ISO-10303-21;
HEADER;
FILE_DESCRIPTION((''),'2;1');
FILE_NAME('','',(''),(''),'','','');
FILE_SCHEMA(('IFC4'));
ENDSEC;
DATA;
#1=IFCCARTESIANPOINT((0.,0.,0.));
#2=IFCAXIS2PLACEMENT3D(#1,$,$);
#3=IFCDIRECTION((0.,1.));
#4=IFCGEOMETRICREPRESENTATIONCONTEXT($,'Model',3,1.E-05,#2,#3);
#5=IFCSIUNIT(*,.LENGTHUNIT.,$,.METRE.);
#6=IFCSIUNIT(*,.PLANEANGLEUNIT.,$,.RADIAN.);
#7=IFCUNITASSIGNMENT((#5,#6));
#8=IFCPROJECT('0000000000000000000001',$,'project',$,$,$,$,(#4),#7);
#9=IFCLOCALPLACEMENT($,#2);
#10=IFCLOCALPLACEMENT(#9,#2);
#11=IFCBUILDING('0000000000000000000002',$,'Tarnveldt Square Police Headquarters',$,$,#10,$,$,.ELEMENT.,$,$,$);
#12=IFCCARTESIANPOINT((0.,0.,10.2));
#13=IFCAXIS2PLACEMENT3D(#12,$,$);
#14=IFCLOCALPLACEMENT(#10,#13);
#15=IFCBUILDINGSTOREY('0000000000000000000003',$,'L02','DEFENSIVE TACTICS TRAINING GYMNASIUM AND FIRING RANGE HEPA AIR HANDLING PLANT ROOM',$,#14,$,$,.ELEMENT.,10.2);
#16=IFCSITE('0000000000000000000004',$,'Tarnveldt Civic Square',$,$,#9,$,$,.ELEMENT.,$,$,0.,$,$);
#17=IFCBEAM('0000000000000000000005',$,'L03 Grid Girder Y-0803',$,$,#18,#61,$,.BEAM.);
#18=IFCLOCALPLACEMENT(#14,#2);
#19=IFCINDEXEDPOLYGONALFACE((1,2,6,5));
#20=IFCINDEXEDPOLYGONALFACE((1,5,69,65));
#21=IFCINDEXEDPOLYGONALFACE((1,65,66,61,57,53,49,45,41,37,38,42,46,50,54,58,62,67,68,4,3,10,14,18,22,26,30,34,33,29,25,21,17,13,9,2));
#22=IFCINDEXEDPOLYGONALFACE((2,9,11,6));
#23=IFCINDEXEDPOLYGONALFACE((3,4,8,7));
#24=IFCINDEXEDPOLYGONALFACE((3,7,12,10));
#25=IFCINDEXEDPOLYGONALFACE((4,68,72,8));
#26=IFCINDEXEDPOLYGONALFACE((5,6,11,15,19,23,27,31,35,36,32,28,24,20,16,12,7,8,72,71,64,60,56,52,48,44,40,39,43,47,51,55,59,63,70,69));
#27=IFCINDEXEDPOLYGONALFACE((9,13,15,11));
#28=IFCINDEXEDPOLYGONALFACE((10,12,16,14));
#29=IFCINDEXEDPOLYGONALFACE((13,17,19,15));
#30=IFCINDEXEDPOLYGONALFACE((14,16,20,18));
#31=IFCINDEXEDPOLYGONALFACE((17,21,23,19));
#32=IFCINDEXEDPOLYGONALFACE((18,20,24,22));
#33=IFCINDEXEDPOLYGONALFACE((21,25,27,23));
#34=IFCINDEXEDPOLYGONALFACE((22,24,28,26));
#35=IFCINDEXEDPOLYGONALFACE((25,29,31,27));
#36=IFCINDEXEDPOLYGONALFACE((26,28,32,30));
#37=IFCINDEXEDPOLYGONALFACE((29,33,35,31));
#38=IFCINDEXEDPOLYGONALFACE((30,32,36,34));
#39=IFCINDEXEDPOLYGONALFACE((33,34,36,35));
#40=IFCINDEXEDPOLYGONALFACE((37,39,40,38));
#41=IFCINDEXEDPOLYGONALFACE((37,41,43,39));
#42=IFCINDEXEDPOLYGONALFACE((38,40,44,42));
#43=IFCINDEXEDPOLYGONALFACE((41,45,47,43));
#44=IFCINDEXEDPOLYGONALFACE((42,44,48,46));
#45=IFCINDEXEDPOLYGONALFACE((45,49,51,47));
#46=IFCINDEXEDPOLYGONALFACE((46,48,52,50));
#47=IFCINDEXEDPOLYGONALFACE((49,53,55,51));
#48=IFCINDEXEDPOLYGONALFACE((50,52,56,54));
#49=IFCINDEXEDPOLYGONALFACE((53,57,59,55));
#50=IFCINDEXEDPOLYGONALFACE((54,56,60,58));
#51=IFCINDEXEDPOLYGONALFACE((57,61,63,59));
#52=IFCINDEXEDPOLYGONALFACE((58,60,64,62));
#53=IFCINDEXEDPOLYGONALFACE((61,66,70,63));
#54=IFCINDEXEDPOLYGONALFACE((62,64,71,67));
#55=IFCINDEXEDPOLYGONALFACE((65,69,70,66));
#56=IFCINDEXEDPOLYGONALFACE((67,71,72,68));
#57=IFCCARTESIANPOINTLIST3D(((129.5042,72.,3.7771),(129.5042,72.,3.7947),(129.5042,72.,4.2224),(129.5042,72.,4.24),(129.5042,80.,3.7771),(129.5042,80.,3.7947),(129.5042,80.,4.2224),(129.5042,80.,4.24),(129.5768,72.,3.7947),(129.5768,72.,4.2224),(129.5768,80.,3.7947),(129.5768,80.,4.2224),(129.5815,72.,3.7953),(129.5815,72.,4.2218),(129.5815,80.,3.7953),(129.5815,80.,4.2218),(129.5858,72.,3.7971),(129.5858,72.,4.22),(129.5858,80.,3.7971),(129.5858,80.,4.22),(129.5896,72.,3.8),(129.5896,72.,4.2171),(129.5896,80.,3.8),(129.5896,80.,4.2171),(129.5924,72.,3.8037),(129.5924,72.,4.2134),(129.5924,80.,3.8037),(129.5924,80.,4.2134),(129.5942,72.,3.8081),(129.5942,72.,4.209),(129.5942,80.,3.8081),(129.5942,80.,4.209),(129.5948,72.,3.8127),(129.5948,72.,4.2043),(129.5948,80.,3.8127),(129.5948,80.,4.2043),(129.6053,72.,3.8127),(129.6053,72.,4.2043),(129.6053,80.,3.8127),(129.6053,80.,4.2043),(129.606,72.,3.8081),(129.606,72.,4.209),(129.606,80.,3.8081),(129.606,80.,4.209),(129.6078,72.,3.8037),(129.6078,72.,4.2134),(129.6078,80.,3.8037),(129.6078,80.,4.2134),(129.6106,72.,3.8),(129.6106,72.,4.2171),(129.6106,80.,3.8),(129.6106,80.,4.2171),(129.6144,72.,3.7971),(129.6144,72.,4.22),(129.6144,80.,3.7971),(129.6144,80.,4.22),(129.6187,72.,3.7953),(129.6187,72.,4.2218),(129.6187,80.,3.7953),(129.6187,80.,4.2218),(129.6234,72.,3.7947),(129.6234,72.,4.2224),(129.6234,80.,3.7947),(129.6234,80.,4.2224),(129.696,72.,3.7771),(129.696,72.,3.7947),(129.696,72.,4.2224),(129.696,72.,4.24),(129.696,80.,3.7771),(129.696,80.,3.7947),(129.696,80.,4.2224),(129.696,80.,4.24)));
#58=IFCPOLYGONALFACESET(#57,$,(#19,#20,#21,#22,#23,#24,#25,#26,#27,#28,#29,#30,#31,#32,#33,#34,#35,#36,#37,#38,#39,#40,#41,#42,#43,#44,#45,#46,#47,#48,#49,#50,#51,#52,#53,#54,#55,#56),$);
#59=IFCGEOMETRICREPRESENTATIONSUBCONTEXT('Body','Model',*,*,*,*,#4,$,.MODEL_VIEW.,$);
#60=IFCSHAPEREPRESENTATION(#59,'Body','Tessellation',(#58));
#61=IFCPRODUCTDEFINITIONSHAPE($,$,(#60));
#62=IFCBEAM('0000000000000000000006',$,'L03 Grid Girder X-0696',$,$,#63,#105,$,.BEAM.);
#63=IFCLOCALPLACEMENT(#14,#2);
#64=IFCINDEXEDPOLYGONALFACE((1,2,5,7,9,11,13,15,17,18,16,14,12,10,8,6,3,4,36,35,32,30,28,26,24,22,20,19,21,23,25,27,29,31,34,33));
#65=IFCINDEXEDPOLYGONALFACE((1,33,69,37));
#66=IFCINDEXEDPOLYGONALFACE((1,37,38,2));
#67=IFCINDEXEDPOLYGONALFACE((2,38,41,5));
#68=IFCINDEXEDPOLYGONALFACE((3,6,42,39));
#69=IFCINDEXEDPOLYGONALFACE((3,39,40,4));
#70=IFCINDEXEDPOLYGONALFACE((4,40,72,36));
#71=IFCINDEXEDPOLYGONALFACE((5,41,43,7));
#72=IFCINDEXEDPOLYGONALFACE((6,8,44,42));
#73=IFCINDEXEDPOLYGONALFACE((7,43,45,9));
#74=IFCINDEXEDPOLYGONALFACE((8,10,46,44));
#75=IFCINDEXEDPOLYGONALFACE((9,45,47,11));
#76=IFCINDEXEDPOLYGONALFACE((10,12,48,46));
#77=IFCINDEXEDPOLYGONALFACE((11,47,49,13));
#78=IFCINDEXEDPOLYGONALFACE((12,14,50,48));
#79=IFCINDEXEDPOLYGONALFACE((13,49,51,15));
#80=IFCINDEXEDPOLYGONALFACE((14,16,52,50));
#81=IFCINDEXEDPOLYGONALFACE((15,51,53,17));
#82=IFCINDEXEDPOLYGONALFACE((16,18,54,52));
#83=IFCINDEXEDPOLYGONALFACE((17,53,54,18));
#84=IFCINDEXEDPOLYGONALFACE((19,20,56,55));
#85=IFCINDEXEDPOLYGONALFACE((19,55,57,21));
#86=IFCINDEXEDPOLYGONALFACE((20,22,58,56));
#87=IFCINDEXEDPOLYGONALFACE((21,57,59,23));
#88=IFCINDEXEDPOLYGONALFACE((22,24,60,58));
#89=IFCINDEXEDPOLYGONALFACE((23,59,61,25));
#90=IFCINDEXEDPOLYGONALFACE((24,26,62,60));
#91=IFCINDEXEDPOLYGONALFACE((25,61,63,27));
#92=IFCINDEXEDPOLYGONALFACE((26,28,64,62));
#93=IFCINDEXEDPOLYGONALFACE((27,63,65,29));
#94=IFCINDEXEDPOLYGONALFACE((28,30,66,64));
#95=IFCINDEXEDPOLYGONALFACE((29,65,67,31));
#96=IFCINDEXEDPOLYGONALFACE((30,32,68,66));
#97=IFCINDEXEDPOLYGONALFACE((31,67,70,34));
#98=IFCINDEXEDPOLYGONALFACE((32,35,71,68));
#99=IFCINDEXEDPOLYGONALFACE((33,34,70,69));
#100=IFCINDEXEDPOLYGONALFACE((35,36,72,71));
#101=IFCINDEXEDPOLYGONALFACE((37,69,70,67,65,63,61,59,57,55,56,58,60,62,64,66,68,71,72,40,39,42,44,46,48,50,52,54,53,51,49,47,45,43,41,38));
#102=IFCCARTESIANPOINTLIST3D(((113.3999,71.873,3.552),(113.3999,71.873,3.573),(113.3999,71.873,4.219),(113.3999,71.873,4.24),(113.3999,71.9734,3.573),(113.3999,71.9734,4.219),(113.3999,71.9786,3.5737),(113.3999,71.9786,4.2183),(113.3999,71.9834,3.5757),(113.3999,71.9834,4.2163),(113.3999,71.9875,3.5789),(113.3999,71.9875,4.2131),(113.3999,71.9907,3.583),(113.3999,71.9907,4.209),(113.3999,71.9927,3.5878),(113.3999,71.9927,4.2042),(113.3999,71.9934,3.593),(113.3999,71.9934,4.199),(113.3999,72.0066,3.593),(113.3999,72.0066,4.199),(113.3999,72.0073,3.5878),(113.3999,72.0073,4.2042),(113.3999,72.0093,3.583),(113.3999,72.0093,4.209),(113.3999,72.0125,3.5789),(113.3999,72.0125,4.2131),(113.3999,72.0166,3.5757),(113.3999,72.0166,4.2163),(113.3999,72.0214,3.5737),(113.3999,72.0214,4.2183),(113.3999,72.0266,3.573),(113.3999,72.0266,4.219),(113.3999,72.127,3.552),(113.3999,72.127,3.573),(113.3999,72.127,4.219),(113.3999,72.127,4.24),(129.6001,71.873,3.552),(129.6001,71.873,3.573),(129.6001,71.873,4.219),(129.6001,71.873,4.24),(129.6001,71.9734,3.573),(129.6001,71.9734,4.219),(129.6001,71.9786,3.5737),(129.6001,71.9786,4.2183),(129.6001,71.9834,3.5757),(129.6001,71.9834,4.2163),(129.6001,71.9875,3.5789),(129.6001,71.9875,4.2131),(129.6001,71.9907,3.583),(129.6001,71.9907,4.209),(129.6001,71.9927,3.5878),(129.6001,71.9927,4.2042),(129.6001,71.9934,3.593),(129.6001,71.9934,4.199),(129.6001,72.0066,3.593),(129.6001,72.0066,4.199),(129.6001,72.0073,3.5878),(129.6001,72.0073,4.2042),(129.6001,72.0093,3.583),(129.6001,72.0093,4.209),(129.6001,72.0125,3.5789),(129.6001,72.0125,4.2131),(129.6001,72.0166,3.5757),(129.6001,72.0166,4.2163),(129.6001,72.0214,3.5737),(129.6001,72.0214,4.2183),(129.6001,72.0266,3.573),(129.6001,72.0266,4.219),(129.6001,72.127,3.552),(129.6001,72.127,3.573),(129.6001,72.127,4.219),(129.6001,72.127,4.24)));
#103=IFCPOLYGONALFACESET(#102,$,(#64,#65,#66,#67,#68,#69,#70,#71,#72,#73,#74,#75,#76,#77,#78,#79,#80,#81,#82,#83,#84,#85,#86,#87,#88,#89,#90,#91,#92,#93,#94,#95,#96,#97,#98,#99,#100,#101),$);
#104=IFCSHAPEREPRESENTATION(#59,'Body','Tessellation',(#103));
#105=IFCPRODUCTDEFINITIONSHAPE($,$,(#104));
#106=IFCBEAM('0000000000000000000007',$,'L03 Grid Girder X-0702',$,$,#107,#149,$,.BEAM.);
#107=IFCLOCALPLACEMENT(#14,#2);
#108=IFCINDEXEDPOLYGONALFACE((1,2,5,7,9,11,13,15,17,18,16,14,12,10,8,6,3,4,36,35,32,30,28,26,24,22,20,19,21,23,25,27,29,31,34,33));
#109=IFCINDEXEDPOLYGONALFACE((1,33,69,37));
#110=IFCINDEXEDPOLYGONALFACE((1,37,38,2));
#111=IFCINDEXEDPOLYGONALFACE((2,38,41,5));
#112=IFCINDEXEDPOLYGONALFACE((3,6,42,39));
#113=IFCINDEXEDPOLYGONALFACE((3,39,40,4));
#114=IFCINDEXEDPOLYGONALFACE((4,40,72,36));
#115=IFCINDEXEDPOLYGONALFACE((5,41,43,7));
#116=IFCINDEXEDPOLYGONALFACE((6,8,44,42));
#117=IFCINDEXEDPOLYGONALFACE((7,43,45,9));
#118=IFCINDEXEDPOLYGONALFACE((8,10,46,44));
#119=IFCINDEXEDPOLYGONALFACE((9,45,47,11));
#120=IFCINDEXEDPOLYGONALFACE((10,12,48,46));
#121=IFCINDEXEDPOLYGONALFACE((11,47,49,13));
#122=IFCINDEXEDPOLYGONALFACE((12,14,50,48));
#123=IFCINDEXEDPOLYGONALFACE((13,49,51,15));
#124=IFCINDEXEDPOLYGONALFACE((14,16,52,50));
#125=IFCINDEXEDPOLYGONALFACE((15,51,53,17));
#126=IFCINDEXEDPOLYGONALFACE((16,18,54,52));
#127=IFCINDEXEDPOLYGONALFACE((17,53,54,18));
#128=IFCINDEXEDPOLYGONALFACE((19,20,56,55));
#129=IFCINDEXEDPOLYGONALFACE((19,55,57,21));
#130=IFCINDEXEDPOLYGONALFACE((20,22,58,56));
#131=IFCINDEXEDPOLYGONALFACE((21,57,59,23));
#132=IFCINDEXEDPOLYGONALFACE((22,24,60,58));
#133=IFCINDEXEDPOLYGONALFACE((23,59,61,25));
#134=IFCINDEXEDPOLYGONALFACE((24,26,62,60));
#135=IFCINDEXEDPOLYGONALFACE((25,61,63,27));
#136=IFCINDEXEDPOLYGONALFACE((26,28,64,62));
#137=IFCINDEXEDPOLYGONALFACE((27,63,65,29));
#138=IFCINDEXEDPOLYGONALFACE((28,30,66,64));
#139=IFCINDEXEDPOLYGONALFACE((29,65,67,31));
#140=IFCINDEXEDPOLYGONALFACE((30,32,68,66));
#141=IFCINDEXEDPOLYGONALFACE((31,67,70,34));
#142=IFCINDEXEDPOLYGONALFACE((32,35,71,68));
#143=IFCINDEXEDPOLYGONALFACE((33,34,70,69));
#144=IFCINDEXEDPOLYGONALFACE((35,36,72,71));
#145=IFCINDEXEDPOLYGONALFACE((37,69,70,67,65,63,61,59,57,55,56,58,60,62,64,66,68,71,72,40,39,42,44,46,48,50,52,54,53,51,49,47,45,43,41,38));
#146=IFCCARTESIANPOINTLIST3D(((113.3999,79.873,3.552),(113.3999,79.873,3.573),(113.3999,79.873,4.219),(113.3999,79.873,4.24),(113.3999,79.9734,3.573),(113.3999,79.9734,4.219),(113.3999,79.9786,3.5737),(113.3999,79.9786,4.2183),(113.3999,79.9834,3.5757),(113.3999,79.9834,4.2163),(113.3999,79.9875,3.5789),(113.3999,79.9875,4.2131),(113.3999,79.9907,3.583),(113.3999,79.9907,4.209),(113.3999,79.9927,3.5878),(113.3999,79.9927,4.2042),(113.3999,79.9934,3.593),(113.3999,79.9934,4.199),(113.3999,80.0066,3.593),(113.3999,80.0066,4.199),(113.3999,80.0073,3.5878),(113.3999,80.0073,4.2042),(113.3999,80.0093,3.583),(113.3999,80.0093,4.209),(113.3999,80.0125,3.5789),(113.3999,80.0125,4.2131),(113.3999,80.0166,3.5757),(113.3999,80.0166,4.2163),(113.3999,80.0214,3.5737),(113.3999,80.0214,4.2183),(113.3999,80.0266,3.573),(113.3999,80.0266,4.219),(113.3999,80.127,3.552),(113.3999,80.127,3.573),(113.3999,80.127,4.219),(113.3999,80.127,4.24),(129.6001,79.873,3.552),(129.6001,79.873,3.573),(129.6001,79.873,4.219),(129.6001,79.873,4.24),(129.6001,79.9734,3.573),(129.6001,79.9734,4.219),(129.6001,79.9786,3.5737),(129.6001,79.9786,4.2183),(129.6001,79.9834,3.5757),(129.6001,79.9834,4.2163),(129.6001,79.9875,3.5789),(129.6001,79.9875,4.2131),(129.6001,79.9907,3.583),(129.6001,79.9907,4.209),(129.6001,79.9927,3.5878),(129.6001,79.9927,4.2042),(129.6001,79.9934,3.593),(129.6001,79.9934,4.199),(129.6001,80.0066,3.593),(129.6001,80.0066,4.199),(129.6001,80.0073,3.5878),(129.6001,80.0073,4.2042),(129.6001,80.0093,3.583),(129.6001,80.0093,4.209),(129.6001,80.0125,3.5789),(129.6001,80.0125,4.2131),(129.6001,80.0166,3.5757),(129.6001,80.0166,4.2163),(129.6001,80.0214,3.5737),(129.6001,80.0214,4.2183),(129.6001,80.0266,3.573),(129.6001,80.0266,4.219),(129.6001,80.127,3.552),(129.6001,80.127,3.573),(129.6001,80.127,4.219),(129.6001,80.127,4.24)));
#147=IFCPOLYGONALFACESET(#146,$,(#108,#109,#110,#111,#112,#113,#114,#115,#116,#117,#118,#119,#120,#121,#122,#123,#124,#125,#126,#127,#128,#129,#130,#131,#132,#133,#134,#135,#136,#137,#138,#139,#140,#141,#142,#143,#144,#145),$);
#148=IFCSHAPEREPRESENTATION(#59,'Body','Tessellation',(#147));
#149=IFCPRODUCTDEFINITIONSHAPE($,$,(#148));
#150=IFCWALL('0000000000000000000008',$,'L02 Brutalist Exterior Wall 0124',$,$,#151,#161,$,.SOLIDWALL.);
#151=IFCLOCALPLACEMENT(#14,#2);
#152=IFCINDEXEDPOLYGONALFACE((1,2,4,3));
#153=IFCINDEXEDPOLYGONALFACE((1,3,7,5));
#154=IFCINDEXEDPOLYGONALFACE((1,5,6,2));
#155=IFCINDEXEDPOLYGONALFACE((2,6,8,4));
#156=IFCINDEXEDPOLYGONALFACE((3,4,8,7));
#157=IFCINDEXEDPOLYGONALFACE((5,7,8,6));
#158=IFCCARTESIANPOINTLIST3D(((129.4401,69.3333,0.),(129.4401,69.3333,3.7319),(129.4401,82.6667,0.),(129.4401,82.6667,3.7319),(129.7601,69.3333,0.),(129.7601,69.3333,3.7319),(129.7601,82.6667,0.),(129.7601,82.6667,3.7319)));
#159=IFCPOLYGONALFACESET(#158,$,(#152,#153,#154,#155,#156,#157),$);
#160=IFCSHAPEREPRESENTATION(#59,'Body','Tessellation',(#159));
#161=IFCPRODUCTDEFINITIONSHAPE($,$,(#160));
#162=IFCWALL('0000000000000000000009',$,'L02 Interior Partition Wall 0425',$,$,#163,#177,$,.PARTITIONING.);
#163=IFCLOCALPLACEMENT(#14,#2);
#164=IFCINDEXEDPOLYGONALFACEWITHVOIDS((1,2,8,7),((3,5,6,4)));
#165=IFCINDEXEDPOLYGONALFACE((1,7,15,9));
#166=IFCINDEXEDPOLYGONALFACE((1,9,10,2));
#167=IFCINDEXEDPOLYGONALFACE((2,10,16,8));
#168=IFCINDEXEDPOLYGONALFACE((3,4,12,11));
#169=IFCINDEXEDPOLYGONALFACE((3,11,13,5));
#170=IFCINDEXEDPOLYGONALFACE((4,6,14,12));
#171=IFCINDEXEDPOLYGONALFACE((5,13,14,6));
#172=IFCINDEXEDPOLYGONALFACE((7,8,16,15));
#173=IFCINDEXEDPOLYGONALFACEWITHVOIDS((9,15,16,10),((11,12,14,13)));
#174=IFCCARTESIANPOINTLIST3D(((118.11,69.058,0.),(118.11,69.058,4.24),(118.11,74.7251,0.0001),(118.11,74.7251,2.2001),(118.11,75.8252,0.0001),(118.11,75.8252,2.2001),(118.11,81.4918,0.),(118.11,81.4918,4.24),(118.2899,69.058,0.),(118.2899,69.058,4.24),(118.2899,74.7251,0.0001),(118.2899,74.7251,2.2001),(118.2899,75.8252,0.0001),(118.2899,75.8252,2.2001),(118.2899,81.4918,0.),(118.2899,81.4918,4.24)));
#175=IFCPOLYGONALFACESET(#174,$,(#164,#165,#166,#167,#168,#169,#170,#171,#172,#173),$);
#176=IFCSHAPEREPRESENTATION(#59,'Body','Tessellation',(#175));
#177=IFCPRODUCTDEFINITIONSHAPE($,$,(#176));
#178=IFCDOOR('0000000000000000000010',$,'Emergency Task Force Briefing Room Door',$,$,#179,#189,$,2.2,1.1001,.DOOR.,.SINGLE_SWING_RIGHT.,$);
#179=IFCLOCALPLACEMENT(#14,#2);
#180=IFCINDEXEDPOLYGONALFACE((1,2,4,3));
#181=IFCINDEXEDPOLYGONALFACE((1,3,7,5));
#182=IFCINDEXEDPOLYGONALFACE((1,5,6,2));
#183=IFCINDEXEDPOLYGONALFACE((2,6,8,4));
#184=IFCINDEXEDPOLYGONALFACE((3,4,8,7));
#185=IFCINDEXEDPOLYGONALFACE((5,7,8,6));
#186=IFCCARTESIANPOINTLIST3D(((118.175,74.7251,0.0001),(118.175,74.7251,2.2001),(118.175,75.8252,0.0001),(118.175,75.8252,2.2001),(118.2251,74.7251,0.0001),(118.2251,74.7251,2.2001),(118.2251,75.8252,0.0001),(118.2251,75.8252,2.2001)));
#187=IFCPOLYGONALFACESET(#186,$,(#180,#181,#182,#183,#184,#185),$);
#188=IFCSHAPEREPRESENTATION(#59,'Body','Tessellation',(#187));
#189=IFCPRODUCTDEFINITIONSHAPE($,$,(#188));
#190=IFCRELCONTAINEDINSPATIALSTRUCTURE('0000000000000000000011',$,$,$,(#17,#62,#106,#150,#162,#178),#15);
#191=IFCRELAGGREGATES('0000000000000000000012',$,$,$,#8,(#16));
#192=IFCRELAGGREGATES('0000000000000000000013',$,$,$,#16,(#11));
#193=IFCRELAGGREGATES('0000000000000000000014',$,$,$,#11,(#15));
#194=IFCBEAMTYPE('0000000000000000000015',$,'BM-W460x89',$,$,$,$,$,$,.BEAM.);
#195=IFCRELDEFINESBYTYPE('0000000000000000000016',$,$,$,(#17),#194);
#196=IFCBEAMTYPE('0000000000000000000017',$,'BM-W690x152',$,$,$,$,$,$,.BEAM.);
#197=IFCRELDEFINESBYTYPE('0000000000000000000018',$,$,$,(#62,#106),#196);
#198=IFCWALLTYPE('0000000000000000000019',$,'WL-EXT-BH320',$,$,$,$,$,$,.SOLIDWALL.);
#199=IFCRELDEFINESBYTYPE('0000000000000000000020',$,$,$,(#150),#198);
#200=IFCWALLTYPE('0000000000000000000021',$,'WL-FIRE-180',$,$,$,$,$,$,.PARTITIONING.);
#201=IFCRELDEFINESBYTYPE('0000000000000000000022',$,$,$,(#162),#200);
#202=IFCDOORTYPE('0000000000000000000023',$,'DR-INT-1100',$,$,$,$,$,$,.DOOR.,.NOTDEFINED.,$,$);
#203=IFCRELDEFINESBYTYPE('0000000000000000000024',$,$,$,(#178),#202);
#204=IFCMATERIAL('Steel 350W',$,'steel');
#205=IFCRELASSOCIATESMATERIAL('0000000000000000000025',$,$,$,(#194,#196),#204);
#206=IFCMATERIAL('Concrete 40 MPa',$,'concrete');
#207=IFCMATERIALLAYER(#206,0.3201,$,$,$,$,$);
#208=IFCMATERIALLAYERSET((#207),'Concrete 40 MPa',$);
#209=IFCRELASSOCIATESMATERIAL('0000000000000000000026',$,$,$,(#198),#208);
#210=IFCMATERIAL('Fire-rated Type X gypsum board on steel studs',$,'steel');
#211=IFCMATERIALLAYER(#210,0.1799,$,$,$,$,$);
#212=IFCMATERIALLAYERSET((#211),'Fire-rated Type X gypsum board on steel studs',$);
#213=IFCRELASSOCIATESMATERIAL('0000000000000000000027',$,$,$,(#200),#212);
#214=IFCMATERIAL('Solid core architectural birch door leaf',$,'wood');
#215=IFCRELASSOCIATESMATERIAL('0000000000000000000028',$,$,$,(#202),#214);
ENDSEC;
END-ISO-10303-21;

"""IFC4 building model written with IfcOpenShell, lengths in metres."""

from ifc_helpers import new_model, si_unit, direction, frame, frame_2d, origin, origin_2d, place, context, subcontext, project, spatial, rectangle, i_section, extrude, material, layer, layer_set, material_profile, profile_set, type_object, element, fill, save


model = new_model("IFC4")

# Units and contexts
model_context = context("Model", 3, precision=1e-05, world=origin(), true_north=direction((0.0, 1.0)))
body_context = subcontext(model_context, "Body", "Model", "MODEL_VIEW")
ifc_project = project(units=[si_unit("LENGTHUNIT", "METRE"), si_unit("PLANEANGLEUNIT", "RADIAN")], contexts=[model_context])

# Site, building, storey
site_placement = place(None, origin())
site = spatial("IfcSite", under=ifc_project, at=site_placement, Name="Tarnveldt Civic Square", CompositionType="ELEMENT", RefElevation=0.0)
building_placement = place(site_placement, origin())
building = spatial("IfcBuilding", under=site, at=building_placement, Name="Tarnveldt Square Police Headquarters", CompositionType="ELEMENT")
storey_placement = place(building_placement, frame((0.0, 0.0, 10.2)))
storey = spatial("IfcBuildingStorey", under=building, at=storey_placement, Name="L02", Description="DEFENSIVE TACTICS TRAINING GYMNASIUM AND FIRING RANGE HEPA AIR HANDLING PLANT ROOM", CompositionType="ELEMENT", Elevation=10.2)

# Shared definitions
ifc_material_1 = material(Name="Concrete 40 MPa", Category="concrete")

# Beams
ifc_material_2 = material(Name="Steel 350W", Category="steel")
ifc_material_profile_1 = material_profile(ifc_material_2, i_section(OverallWidth=0.1919, OverallDepth=0.4629, WebThickness=0.0105, FlangeThickness=0.0176, FilletRadius=0.0181, at=origin_2d()), Name="W460x89")
ifc_profile_set_1 = profile_set([ifc_material_profile_1], Name="Steel 350W")
beam_type_1 = type_object("IfcBeamType", Name="BM-W460x89", PredefinedType="BEAM", material=ifc_profile_set_1)
for number, where, z_axis, x_axis, name in (
    (1, (129.6001, 72.0, 4.0085), (0.0, 1.0, 0.0), (-1.0, 0.0, 0.0), "L03 Grid Girder Y-0803"),
):
    element("IfcBeam", number, at=place(storey_placement, frame(where, z_axis=z_axis, x_axis=x_axis)), inside=storey, type_object=beam_type_1, Name=name, PredefinedType="BEAM", context=body_context, shape_type="SweptSolid", body=[
        extrude(i_section(OverallWidth=0.1919, OverallDepth=0.4629, WebThickness=0.0105, FlangeThickness=0.0176, FilletRadius=0.0181, at=origin_2d()), origin(), (0.0, 0.0, 1.0), 8.0),
    ])
ifc_material_profile_2 = material_profile(ifc_material_2, i_section(OverallWidth=0.2539, OverallDepth=0.688, WebThickness=0.0132, FlangeThickness=0.021, FilletRadius=0.02, at=origin_2d()), Name="W690x152")
ifc_profile_set_2 = profile_set([ifc_material_profile_2], Name="Steel 350W")
beam_type_2 = type_object("IfcBeamType", Name="BM-W690x152", PredefinedType="BEAM", material=ifc_profile_set_2)
for number, where, z_axis, x_axis, name in (
    (2, (113.3999, 72.0, 3.896), (1.0, 0.0, 0.0), (0.0, 1.0, 0.0), "L03 Grid Girder X-0696"),
    (3, (113.3999, 80.0, 3.896), (1.0, 0.0, 0.0), (0.0, 1.0, 0.0), "L03 Grid Girder X-0702"),
):
    element("IfcBeam", number, at=place(storey_placement, frame(where, z_axis=z_axis, x_axis=x_axis)), inside=storey, type_object=beam_type_2, Name=name, PredefinedType="BEAM", context=body_context, shape_type="SweptSolid", body=[
        extrude(i_section(OverallWidth=0.2539, OverallDepth=0.688, WebThickness=0.0132, FlangeThickness=0.021, FilletRadius=0.02, at=origin_2d()), origin(), (0.0, 0.0, 1.0), 16.2002),
    ])

# Wall
ifc_layer_1 = layer(ifc_material_1, 0.3201)
ifc_layer_set_1 = layer_set([ifc_layer_1], Name="Concrete 40 MPa")
wall_type_1 = type_object("IfcWallType", Name="WL-EXT-BH320", PredefinedType="SOLIDWALL", material=ifc_layer_set_1)
wall_1_placement = place(storey_placement, frame((129.6001, 69.3333, 0.0), z_axis=(0.0, 0.0, 1.0), x_axis=(0.0, 1.0, 0.0)))
element("IfcWall", 4, at=wall_1_placement, inside=storey, type_object=wall_type_1, Name="L02 Brutalist Exterior Wall 0124", PredefinedType="SOLIDWALL", context=body_context, shape_type="SweptSolid", body=[
    extrude(rectangle(XDim=13.3335, YDim=0.3201, at=frame_2d((6.6667, 0.0))), origin(), (0.0, 0.0, 1.0), 3.7319),
])

# Wall, opening, door
ifc_material_3 = material(Name="Fire-rated Type X gypsum board on steel studs", Category="steel")
ifc_layer_2 = layer(ifc_material_3, 0.1799)
ifc_layer_set_2 = layer_set([ifc_layer_2], Name="Fire-rated Type X gypsum board on steel studs")
wall_type_2 = type_object("IfcWallType", Name="WL-FIRE-180", PredefinedType="PARTITIONING", material=ifc_layer_set_2)
wall_2_placement = place(storey_placement, frame((118.2, 69.0581, 0.0), z_axis=(0.0, 0.0, 1.0), x_axis=(0.0, 1.0, 0.0)))
wall_2 = element("IfcWall", 5, at=wall_2_placement, inside=storey, type_object=wall_type_2, Name="L02 Interior Partition Wall 0425", PredefinedType="PARTITIONING", context=body_context, shape_type="SweptSolid", body=[
    extrude(rectangle(XDim=12.4338, YDim=0.1799, at=frame_2d((6.2168, 0.0))), origin(), (0.0, 0.0, 1.0), 4.24),
])
opening_1_placement = place(wall_2_placement, frame((5.667, 0.0, 0.0)))
opening_1 = element("IfcOpeningElement", 6, at=opening_1_placement, cuts=wall_2, PredefinedType="OPENING", context=body_context, shape_type="SweptSolid", body=[
    extrude(rectangle(XDim=1.1001, YDim=2.2, at=frame_2d((0.55, 1.1001))), frame((0.0, 0.0999, 0.0), z_axis=(0.0, -1.0, 0.0), x_axis=(1.0, 0.0, 0.0)), (0.0, 0.0, 1.0), 0.2),
])
ifc_material_4 = material(Name="Solid core architectural birch door leaf", Category="wood")
door_type_1 = type_object("IfcDoorType", Name="DR-INT-1100", OperationType="NOTDEFINED", PredefinedType="DOOR", material=ifc_material_4)
door_1_placement = place(opening_1_placement, origin())
door_1 = element("IfcDoor", 7, at=door_1_placement, inside=storey, type_object=door_type_1, Name="Emergency Task Force Briefing Room Door", OperationType="SINGLE_SWING_RIGHT", OverallHeight=2.2, OverallWidth=1.1001, PredefinedType="DOOR", context=body_context, shape_type="SweptSolid", body=[
    extrude(rectangle(XDim=1.1001, YDim=2.2, at=frame_2d((0.55, 1.1001))), frame((0.0, 0.0249, 0.0), z_axis=(0.0, -1.0, 0.0), x_axis=(1.0, 0.0, 0.0)), (0.0, 0.0, 1.0), 0.05),
])
fill(opening_1, door_1)

save(model, "model.ifc")
